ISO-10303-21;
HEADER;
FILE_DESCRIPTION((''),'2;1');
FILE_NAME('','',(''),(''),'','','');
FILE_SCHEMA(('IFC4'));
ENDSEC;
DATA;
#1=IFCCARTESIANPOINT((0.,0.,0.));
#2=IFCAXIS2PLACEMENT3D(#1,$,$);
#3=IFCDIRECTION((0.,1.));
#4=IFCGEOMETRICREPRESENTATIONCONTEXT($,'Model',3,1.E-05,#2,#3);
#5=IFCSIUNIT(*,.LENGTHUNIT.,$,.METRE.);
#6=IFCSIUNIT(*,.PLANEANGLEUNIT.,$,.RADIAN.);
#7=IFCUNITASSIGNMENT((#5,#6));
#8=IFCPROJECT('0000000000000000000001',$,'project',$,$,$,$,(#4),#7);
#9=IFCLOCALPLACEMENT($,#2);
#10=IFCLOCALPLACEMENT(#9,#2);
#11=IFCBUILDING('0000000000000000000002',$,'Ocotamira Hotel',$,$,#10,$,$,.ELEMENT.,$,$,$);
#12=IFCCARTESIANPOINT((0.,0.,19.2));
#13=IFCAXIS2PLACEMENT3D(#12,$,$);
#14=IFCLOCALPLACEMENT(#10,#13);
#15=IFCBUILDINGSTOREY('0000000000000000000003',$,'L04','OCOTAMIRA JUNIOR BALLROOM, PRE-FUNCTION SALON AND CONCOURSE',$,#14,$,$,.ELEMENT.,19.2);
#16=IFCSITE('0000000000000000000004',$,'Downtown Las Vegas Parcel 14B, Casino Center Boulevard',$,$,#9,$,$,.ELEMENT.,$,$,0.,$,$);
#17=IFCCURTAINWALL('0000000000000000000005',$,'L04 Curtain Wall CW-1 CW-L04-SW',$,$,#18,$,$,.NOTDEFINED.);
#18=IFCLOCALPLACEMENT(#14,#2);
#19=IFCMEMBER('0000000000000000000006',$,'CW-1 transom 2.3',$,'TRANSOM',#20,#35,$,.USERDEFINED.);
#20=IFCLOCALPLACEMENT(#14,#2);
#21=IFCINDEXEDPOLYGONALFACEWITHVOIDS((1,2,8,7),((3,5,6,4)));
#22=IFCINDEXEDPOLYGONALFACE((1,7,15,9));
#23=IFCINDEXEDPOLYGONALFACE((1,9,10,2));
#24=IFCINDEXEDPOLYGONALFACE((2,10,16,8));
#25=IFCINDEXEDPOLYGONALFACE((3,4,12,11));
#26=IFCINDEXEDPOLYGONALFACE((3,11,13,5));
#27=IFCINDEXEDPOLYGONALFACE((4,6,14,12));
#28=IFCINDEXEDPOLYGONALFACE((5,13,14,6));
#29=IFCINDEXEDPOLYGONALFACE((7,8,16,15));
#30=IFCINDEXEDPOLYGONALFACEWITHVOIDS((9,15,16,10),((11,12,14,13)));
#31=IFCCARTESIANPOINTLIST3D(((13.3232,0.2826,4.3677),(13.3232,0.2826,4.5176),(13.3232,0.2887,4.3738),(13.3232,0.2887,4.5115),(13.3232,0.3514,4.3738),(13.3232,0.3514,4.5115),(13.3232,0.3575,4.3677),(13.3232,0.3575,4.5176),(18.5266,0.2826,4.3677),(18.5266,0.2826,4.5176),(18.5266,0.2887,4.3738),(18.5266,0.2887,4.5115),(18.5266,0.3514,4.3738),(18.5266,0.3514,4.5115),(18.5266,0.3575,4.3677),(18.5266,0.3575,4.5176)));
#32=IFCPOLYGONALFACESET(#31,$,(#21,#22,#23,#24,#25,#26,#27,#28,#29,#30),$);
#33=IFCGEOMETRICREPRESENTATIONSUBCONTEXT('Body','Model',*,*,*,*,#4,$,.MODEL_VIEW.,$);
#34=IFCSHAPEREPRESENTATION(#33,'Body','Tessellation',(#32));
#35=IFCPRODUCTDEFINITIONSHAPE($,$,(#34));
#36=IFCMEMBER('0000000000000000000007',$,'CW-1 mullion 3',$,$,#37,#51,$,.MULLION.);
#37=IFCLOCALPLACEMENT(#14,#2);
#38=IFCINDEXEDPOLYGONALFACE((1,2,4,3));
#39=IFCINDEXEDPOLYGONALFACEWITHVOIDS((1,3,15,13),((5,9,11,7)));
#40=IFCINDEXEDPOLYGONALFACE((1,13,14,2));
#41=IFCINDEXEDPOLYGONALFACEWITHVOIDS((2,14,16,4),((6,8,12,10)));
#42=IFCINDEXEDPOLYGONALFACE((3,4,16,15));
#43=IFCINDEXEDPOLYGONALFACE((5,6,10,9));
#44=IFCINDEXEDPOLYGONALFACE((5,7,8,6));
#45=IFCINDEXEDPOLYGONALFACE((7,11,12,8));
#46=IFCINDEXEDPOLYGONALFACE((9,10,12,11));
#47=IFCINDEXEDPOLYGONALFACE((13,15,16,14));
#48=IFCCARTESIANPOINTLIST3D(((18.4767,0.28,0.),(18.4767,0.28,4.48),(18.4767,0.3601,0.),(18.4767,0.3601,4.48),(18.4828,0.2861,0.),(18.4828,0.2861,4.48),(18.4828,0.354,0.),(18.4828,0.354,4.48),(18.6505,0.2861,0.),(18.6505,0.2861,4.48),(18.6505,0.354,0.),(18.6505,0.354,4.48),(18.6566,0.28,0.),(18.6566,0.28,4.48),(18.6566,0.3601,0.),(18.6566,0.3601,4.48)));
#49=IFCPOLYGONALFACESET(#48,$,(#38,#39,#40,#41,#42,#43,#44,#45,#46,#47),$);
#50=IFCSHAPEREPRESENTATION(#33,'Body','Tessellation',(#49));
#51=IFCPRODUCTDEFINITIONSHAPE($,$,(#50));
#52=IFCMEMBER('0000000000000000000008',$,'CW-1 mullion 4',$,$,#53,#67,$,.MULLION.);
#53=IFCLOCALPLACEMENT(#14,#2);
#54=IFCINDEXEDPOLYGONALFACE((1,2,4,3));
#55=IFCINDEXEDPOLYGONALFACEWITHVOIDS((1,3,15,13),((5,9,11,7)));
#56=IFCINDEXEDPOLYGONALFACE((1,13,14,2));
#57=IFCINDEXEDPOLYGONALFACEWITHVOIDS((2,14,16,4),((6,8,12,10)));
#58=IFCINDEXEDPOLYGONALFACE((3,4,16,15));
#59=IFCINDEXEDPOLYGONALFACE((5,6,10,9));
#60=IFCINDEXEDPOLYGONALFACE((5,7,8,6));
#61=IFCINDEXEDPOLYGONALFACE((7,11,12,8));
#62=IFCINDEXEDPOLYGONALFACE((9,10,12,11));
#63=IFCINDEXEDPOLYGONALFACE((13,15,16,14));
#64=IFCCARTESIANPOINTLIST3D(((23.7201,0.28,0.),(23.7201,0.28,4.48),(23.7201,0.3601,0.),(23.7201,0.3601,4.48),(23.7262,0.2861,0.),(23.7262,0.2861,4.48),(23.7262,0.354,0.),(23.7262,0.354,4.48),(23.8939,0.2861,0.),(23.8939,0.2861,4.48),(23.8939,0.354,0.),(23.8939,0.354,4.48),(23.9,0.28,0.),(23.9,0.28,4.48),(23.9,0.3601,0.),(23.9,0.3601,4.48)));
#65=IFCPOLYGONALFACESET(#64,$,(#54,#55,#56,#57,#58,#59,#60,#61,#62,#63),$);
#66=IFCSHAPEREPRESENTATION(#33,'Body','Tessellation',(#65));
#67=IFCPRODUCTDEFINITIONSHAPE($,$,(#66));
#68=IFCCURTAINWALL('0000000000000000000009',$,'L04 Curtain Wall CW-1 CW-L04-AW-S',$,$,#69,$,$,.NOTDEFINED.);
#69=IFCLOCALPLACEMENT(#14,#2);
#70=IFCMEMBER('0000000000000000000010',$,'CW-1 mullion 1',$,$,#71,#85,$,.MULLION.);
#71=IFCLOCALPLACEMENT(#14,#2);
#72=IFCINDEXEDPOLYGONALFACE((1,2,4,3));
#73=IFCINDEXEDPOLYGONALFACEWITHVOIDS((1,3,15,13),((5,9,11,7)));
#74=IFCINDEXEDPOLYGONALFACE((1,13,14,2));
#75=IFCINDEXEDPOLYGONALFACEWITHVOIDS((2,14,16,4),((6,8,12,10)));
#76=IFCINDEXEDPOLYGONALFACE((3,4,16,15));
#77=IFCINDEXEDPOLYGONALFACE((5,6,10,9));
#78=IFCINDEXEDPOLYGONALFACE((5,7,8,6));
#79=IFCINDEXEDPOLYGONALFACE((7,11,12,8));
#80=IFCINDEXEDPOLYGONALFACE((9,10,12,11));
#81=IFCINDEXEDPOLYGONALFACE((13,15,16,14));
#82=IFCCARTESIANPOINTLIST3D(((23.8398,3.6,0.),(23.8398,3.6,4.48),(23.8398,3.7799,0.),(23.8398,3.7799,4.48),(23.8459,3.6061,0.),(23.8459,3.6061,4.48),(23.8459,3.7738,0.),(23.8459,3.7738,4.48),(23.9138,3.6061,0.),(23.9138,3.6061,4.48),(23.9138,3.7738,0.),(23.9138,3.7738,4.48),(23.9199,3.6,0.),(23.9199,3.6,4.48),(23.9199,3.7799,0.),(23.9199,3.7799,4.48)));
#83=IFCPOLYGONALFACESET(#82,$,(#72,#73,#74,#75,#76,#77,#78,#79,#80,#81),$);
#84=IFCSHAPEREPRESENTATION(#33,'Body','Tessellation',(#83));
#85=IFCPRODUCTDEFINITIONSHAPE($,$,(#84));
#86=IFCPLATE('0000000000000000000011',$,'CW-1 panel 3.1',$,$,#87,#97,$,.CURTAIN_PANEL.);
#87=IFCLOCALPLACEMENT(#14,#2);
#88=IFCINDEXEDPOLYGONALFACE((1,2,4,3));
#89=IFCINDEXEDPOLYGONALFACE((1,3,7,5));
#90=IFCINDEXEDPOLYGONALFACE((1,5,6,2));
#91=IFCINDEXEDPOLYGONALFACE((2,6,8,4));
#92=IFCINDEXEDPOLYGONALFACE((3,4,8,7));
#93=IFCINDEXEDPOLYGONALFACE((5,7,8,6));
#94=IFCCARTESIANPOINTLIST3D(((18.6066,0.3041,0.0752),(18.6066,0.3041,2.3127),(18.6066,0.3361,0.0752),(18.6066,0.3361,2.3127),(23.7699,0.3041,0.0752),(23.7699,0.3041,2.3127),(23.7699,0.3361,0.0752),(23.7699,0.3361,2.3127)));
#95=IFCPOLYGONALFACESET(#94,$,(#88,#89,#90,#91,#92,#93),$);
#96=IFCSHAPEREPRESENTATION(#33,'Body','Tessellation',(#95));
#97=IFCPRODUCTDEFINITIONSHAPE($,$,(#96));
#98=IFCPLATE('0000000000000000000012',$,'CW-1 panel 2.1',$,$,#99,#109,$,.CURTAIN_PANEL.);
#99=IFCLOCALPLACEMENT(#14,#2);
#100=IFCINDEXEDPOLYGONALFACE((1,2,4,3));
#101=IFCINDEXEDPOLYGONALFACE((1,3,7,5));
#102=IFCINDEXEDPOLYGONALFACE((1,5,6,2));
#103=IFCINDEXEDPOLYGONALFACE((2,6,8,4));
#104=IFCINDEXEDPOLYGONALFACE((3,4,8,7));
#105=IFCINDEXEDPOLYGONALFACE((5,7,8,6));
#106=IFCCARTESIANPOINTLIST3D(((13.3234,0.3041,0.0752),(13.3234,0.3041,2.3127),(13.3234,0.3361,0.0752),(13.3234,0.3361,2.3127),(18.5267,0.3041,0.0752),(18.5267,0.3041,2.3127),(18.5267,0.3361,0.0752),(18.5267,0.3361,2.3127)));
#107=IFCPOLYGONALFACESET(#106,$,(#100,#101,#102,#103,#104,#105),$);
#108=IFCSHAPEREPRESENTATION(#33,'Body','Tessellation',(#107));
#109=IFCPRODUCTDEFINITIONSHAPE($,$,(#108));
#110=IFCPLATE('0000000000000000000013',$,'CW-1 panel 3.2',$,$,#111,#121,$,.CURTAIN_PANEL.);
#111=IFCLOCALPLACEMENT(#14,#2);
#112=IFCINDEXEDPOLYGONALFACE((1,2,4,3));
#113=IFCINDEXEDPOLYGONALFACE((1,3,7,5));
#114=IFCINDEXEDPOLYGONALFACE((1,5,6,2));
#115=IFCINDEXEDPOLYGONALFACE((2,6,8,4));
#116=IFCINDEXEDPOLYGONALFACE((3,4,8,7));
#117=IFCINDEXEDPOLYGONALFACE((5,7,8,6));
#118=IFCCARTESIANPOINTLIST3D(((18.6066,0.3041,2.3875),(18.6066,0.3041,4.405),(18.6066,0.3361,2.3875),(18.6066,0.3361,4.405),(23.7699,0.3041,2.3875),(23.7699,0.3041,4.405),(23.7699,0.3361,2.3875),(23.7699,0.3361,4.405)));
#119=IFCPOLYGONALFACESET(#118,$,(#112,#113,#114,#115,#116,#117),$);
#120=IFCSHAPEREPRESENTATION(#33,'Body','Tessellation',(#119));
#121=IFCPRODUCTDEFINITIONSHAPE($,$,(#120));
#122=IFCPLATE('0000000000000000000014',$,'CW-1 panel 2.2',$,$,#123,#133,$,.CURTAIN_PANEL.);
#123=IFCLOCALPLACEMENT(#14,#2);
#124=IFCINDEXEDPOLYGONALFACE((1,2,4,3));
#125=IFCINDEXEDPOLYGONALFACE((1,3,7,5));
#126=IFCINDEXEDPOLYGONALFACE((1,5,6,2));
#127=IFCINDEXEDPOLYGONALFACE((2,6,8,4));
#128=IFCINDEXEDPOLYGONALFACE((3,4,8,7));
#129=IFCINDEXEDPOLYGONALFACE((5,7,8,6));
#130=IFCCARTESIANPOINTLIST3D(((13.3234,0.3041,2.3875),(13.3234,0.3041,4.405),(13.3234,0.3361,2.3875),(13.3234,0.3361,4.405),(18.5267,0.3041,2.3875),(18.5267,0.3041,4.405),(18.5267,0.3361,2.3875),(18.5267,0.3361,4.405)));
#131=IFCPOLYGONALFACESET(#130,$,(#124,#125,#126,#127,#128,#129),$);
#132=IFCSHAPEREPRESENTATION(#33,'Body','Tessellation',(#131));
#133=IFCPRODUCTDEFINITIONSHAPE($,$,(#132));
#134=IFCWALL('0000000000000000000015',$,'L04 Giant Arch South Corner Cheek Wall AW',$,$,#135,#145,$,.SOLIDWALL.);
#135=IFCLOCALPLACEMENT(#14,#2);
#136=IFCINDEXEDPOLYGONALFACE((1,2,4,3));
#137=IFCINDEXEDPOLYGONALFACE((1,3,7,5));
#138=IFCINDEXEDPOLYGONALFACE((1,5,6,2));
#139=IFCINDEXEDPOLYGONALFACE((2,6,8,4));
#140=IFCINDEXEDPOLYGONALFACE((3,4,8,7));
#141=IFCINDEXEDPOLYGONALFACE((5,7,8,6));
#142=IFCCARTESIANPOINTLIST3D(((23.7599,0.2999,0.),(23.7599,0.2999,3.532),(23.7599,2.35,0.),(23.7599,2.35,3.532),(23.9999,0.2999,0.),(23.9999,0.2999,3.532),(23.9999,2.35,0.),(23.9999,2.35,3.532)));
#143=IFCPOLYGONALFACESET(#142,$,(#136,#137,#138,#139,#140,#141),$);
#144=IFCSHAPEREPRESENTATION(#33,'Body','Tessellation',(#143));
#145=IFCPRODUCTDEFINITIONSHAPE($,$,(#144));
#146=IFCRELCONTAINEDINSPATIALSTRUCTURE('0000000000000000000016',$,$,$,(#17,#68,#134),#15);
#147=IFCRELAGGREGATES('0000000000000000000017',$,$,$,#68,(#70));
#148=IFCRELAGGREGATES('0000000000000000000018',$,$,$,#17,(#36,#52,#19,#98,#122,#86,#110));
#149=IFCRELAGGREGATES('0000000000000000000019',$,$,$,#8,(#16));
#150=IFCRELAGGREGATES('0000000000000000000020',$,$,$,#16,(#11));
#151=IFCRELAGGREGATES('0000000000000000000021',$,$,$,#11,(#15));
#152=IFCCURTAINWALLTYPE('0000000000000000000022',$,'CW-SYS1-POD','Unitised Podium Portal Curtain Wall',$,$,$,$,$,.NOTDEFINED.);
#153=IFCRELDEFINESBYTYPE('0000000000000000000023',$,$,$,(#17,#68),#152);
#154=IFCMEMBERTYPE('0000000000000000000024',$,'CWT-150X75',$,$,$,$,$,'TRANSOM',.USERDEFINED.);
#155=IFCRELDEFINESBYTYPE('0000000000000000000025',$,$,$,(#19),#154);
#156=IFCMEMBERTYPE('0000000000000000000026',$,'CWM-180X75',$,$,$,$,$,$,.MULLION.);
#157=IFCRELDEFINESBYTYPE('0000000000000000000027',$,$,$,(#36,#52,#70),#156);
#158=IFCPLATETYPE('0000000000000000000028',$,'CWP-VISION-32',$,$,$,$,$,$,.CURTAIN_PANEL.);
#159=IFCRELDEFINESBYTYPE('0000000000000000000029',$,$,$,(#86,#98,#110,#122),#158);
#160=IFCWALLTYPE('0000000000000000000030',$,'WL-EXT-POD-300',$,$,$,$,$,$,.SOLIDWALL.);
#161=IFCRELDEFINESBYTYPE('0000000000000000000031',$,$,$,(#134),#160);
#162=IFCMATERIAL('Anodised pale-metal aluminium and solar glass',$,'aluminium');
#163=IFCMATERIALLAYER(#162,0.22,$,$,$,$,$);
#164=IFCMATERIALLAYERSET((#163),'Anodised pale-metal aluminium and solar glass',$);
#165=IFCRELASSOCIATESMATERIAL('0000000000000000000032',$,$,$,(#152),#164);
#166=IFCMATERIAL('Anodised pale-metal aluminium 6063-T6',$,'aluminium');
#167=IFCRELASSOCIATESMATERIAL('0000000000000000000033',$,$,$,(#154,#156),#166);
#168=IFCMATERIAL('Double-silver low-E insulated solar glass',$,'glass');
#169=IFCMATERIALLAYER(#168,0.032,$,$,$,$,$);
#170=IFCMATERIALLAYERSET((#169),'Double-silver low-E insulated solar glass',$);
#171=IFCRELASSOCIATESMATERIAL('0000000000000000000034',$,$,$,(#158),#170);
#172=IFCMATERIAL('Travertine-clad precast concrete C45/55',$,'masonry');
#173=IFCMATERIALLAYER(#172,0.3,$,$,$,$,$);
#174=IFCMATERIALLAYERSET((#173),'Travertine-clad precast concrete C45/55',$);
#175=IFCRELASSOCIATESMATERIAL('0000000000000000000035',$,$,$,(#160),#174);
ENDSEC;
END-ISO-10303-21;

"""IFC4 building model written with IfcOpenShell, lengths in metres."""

from ifc_helpers import new_model, si_unit, direction, frame, frame_2d, origin, origin_2d, place, context, subcontext, project, spatial, rectangle, hollow_rectangle, extrude, source, transform, mapped, material, layer, layer_set, material_profile, profile_set, type_object, element, aggregate, save


model = new_model("IFC4")

# Units and contexts
model_context = context("Model", 3, precision=1e-05, world=origin(), true_north=direction((0.0, 1.0)))
body_context = subcontext(model_context, "Body", "Model", "MODEL_VIEW")
ifc_project = project(units=[si_unit("LENGTHUNIT", "METRE"), si_unit("PLANEANGLEUNIT", "RADIAN")], contexts=[model_context])

# Site, building, storey
site_placement = place(None, origin())
site = spatial("IfcSite", under=ifc_project, at=site_placement, Name="Downtown Las Vegas Parcel 14B, Casino Center Boulevard", CompositionType="ELEMENT", RefElevation=0.0)
building_placement = place(site_placement, origin())
building = spatial("IfcBuilding", under=site, at=building_placement, Name="Ocotamira Hotel", CompositionType="ELEMENT")
storey_placement = place(building_placement, frame((0.0, 0.0, 19.2)))
storey = spatial("IfcBuildingStorey", under=building, at=storey_placement, Name="L04", Description="OCOTAMIRA JUNIOR BALLROOM, PRE-FUNCTION SALON AND CONCOURSE", CompositionType="ELEMENT", Elevation=19.2)

# Curtain wall, members
ifc_material_1 = material(Name="Anodised pale-metal aluminium and solar glass", Category="aluminium")
ifc_layer_1 = layer(ifc_material_1, 0.22)
ifc_layer_set_1 = layer_set([ifc_layer_1], Name="Anodised pale-metal aluminium and solar glass")
curtain_wall_type = type_object("IfcCurtainWallType", Name="CW-SYS1-POD", Description="Unitised Podium Portal Curtain Wall", PredefinedType="NOTDEFINED", material=ifc_layer_set_1)
curtain_wall_1_placement = place(storey_placement, origin())
curtain_wall_1 = element("IfcCurtainWall", 1, at=curtain_wall_1_placement, inside=storey, type_object=curtain_wall_type, Name="L04 Curtain Wall CW-1 CW-L04-SW", PredefinedType="NOTDEFINED")
ifc_material_2 = material(Name="Anodised pale-metal aluminium 6063-T6", Category="aluminium")
ifc_material_profile_1 = material_profile(ifc_material_2, hollow_rectangle(XDim=0.075, YDim=0.1499, WallThickness=0.0061, at=origin_2d()), Name="HSS150X75X6")
ifc_profile_set_1 = profile_set([ifc_material_profile_1], Name="Anodised pale-metal aluminium 6063-T6")
member_type_1 = type_object("IfcMemberType", Name="CWT-150X75", ElementType="TRANSOM", PredefinedType="USERDEFINED", material=ifc_profile_set_1)
shared_shape_1 = source(origin(), body_context, "Body", "SweptSolid", [
    extrude(hollow_rectangle(XDim=0.075, YDim=0.1499, WallThickness=0.0061, at=origin_2d()), origin(), (0.0, 0.0, 1.0), 5.2034),
])
member_1_placement = place(storey_placement, frame((13.3232, 0.3201, 4.4426), z_axis=(1.0, 0.0, 0.0), x_axis=(0.0, 1.0, 0.0)))
member_1 = element("IfcMember", 2, at=member_1_placement, type_object=member_type_1, Name="CW-1 transom 2.3", ObjectType="TRANSOM", PredefinedType="USERDEFINED", context=body_context, shape_type="MappedRepresentation", body=[
    mapped(shared_shape_1, transform((0.0, 0.0, 0.0), scale=1.0)),
])
ifc_material_profile_2 = material_profile(ifc_material_2, hollow_rectangle(XDim=0.0801, YDim=0.1799, WallThickness=0.0061, at=origin_2d()), Name="HSS180X80X6")
ifc_profile_set_2 = profile_set([ifc_material_profile_2], Name="Anodised pale-metal aluminium 6063-T6")
member_type_2 = type_object("IfcMemberType", Name="CWM-180X75", PredefinedType="MULLION", material=ifc_profile_set_2)
shared_shape_2 = source(origin(), body_context, "Body", "SweptSolid", [
    extrude(hollow_rectangle(XDim=0.0801, YDim=0.1799, WallThickness=0.0061, at=origin_2d()), origin(), (0.0, 0.0, 1.0), 4.48),
])
member_2_placement = place(storey_placement, frame((18.5667, 0.3201, 0.0), z_axis=(0.0, 0.0, 1.0), x_axis=(0.0, 1.0, 0.0)))
member_2 = element("IfcMember", 3, at=member_2_placement, type_object=member_type_2, Name="CW-1 mullion 3", PredefinedType="MULLION", context=body_context, shape_type="MappedRepresentation", body=[
    mapped(shared_shape_2, transform((0.0, 0.0, 0.0), scale=1.0)),
])
member_3_placement = place(storey_placement, frame((23.8101, 0.3201, 0.0), z_axis=(0.0, 0.0, 1.0), x_axis=(0.0, 1.0, 0.0)))
member_3 = element("IfcMember", 4, at=member_3_placement, type_object=member_type_2, Name="CW-1 mullion 4", PredefinedType="MULLION", context=body_context, shape_type="MappedRepresentation", body=[
    mapped(shared_shape_2, transform((0.0, 0.0, 0.0), scale=1.0)),
])

# Curtain wall, member
curtain_wall_2_placement = place(storey_placement, origin())
curtain_wall_2 = element("IfcCurtainWall", 5, at=curtain_wall_2_placement, inside=storey, type_object=curtain_wall_type, Name="L04 Curtain Wall CW-1 CW-L04-AW-S", PredefinedType="NOTDEFINED")
member_4_placement = place(storey_placement, frame((23.8799, 3.6899, 0.0), z_axis=(0.0, 0.0, 1.0), x_axis=(-1.0, 0.0, 0.0)))
member_4 = element("IfcMember", 6, at=member_4_placement, type_object=member_type_2, Name="CW-1 mullion 1", PredefinedType="MULLION", context=body_context, shape_type="MappedRepresentation", body=[
    mapped(shared_shape_2, transform((0.0, 0.0, 0.0), scale=1.0)),
])
aggregate(curtain_wall_2, [member_4])

# Plates
ifc_material_3 = material(Name="Double-silver low-E insulated solar glass", Category="glass")
ifc_layer_2 = layer(ifc_material_3, 0.032)
ifc_layer_set_2 = layer_set([ifc_layer_2], Name="Double-silver low-E insulated solar glass")
plate_type = type_object("IfcPlateType", Name="CWP-VISION-32", PredefinedType="CURTAIN_PANEL", material=ifc_layer_set_2)
shared_shape_3 = source(origin(), body_context, "Body", "SweptSolid", [
    extrude(rectangle(XDim=5.1633, YDim=0.032, at=origin_2d()), origin(), (0.0, 0.0, 1.0), 2.2375),
])
plate_1_placement = place(storey_placement, frame((21.1882, 0.3201, 0.0752), z_axis=(0.0, 0.0, 1.0), x_axis=(1.0, 0.0, 0.0)))
plate_1 = element("IfcPlate", 7, at=plate_1_placement, type_object=plate_type, Name="CW-1 panel 3.1", PredefinedType="CURTAIN_PANEL", context=body_context, shape_type="MappedRepresentation", body=[
    mapped(shared_shape_3, transform((0.0, 0.0, 0.0), scale=1.0)),
])
shared_shape_4 = source(origin(), body_context, "Body", "SweptSolid", [
    extrude(rectangle(XDim=5.2034, YDim=0.032, at=origin_2d()), origin(), (0.0, 0.0, 1.0), 2.2375),
])
plate_2_placement = place(storey_placement, frame((15.925, 0.3201, 0.0752), z_axis=(0.0, 0.0, 1.0), x_axis=(1.0, 0.0, 0.0)))
plate_2 = element("IfcPlate", 8, at=plate_2_placement, type_object=plate_type, Name="CW-1 panel 2.1", PredefinedType="CURTAIN_PANEL", context=body_context, shape_type="MappedRepresentation", body=[
    mapped(shared_shape_4, transform((0.0, 0.0, 0.0), scale=1.0)),
])
shared_shape_5 = source(origin(), body_context, "Body", "SweptSolid", [
    extrude(rectangle(XDim=5.1633, YDim=0.032, at=origin_2d()), origin(), (0.0, 0.0, 1.0), 2.0176),
])
plate_3_placement = place(storey_placement, frame((21.1882, 0.3201, 2.3875), z_axis=(0.0, 0.0, 1.0), x_axis=(1.0, 0.0, 0.0)))
plate_3 = element("IfcPlate", 9, at=plate_3_placement, type_object=plate_type, Name="CW-1 panel 3.2", PredefinedType="CURTAIN_PANEL", context=body_context, shape_type="MappedRepresentation", body=[
    mapped(shared_shape_5, transform((0.0, 0.0, 0.0), scale=1.0)),
])
shared_shape_6 = source(origin(), body_context, "Body", "SweptSolid", [
    extrude(rectangle(XDim=5.2034, YDim=0.032, at=origin_2d()), origin(), (0.0, 0.0, 1.0), 2.0176),
])
plate_4_placement = place(storey_placement, frame((15.925, 0.3201, 2.3875), z_axis=(0.0, 0.0, 1.0), x_axis=(1.0, 0.0, 0.0)))
plate_4 = element("IfcPlate", 10, at=plate_4_placement, type_object=plate_type, Name="CW-1 panel 2.2", PredefinedType="CURTAIN_PANEL", context=body_context, shape_type="MappedRepresentation", body=[
    mapped(shared_shape_6, transform((0.0, 0.0, 0.0), scale=1.0)),
])
aggregate(curtain_wall_1, [member_2, member_3, member_1, plate_2, plate_4, plate_1, plate_3])

# Wall
ifc_material_4 = material(Name="Travertine-clad precast concrete C45/55", Category="masonry")
ifc_layer_3 = layer(ifc_material_4, 0.3)
ifc_layer_set_3 = layer_set([ifc_layer_3], Name="Travertine-clad precast concrete C45/55")
wall_type = type_object("IfcWallType", Name="WL-EXT-POD-300", PredefinedType="SOLIDWALL", material=ifc_layer_set_3)
wall_placement = place(storey_placement, frame((23.8799, 0.3, 0.0), z_axis=(0.0, 0.0, 1.0), x_axis=(0.0, 1.0, 0.0)))
element("IfcWall", 11, at=wall_placement, inside=storey, type_object=wall_type, Name="L04 Giant Arch South Corner Cheek Wall AW", PredefinedType="SOLIDWALL", context=body_context, shape_type="SweptSolid", body=[
    extrude(rectangle(XDim=2.05, YDim=0.24, at=frame_2d((1.0249, 0.0))), origin(), (0.0, 0.0, 1.0), 3.532),
])

save(model, "model.ifc")
